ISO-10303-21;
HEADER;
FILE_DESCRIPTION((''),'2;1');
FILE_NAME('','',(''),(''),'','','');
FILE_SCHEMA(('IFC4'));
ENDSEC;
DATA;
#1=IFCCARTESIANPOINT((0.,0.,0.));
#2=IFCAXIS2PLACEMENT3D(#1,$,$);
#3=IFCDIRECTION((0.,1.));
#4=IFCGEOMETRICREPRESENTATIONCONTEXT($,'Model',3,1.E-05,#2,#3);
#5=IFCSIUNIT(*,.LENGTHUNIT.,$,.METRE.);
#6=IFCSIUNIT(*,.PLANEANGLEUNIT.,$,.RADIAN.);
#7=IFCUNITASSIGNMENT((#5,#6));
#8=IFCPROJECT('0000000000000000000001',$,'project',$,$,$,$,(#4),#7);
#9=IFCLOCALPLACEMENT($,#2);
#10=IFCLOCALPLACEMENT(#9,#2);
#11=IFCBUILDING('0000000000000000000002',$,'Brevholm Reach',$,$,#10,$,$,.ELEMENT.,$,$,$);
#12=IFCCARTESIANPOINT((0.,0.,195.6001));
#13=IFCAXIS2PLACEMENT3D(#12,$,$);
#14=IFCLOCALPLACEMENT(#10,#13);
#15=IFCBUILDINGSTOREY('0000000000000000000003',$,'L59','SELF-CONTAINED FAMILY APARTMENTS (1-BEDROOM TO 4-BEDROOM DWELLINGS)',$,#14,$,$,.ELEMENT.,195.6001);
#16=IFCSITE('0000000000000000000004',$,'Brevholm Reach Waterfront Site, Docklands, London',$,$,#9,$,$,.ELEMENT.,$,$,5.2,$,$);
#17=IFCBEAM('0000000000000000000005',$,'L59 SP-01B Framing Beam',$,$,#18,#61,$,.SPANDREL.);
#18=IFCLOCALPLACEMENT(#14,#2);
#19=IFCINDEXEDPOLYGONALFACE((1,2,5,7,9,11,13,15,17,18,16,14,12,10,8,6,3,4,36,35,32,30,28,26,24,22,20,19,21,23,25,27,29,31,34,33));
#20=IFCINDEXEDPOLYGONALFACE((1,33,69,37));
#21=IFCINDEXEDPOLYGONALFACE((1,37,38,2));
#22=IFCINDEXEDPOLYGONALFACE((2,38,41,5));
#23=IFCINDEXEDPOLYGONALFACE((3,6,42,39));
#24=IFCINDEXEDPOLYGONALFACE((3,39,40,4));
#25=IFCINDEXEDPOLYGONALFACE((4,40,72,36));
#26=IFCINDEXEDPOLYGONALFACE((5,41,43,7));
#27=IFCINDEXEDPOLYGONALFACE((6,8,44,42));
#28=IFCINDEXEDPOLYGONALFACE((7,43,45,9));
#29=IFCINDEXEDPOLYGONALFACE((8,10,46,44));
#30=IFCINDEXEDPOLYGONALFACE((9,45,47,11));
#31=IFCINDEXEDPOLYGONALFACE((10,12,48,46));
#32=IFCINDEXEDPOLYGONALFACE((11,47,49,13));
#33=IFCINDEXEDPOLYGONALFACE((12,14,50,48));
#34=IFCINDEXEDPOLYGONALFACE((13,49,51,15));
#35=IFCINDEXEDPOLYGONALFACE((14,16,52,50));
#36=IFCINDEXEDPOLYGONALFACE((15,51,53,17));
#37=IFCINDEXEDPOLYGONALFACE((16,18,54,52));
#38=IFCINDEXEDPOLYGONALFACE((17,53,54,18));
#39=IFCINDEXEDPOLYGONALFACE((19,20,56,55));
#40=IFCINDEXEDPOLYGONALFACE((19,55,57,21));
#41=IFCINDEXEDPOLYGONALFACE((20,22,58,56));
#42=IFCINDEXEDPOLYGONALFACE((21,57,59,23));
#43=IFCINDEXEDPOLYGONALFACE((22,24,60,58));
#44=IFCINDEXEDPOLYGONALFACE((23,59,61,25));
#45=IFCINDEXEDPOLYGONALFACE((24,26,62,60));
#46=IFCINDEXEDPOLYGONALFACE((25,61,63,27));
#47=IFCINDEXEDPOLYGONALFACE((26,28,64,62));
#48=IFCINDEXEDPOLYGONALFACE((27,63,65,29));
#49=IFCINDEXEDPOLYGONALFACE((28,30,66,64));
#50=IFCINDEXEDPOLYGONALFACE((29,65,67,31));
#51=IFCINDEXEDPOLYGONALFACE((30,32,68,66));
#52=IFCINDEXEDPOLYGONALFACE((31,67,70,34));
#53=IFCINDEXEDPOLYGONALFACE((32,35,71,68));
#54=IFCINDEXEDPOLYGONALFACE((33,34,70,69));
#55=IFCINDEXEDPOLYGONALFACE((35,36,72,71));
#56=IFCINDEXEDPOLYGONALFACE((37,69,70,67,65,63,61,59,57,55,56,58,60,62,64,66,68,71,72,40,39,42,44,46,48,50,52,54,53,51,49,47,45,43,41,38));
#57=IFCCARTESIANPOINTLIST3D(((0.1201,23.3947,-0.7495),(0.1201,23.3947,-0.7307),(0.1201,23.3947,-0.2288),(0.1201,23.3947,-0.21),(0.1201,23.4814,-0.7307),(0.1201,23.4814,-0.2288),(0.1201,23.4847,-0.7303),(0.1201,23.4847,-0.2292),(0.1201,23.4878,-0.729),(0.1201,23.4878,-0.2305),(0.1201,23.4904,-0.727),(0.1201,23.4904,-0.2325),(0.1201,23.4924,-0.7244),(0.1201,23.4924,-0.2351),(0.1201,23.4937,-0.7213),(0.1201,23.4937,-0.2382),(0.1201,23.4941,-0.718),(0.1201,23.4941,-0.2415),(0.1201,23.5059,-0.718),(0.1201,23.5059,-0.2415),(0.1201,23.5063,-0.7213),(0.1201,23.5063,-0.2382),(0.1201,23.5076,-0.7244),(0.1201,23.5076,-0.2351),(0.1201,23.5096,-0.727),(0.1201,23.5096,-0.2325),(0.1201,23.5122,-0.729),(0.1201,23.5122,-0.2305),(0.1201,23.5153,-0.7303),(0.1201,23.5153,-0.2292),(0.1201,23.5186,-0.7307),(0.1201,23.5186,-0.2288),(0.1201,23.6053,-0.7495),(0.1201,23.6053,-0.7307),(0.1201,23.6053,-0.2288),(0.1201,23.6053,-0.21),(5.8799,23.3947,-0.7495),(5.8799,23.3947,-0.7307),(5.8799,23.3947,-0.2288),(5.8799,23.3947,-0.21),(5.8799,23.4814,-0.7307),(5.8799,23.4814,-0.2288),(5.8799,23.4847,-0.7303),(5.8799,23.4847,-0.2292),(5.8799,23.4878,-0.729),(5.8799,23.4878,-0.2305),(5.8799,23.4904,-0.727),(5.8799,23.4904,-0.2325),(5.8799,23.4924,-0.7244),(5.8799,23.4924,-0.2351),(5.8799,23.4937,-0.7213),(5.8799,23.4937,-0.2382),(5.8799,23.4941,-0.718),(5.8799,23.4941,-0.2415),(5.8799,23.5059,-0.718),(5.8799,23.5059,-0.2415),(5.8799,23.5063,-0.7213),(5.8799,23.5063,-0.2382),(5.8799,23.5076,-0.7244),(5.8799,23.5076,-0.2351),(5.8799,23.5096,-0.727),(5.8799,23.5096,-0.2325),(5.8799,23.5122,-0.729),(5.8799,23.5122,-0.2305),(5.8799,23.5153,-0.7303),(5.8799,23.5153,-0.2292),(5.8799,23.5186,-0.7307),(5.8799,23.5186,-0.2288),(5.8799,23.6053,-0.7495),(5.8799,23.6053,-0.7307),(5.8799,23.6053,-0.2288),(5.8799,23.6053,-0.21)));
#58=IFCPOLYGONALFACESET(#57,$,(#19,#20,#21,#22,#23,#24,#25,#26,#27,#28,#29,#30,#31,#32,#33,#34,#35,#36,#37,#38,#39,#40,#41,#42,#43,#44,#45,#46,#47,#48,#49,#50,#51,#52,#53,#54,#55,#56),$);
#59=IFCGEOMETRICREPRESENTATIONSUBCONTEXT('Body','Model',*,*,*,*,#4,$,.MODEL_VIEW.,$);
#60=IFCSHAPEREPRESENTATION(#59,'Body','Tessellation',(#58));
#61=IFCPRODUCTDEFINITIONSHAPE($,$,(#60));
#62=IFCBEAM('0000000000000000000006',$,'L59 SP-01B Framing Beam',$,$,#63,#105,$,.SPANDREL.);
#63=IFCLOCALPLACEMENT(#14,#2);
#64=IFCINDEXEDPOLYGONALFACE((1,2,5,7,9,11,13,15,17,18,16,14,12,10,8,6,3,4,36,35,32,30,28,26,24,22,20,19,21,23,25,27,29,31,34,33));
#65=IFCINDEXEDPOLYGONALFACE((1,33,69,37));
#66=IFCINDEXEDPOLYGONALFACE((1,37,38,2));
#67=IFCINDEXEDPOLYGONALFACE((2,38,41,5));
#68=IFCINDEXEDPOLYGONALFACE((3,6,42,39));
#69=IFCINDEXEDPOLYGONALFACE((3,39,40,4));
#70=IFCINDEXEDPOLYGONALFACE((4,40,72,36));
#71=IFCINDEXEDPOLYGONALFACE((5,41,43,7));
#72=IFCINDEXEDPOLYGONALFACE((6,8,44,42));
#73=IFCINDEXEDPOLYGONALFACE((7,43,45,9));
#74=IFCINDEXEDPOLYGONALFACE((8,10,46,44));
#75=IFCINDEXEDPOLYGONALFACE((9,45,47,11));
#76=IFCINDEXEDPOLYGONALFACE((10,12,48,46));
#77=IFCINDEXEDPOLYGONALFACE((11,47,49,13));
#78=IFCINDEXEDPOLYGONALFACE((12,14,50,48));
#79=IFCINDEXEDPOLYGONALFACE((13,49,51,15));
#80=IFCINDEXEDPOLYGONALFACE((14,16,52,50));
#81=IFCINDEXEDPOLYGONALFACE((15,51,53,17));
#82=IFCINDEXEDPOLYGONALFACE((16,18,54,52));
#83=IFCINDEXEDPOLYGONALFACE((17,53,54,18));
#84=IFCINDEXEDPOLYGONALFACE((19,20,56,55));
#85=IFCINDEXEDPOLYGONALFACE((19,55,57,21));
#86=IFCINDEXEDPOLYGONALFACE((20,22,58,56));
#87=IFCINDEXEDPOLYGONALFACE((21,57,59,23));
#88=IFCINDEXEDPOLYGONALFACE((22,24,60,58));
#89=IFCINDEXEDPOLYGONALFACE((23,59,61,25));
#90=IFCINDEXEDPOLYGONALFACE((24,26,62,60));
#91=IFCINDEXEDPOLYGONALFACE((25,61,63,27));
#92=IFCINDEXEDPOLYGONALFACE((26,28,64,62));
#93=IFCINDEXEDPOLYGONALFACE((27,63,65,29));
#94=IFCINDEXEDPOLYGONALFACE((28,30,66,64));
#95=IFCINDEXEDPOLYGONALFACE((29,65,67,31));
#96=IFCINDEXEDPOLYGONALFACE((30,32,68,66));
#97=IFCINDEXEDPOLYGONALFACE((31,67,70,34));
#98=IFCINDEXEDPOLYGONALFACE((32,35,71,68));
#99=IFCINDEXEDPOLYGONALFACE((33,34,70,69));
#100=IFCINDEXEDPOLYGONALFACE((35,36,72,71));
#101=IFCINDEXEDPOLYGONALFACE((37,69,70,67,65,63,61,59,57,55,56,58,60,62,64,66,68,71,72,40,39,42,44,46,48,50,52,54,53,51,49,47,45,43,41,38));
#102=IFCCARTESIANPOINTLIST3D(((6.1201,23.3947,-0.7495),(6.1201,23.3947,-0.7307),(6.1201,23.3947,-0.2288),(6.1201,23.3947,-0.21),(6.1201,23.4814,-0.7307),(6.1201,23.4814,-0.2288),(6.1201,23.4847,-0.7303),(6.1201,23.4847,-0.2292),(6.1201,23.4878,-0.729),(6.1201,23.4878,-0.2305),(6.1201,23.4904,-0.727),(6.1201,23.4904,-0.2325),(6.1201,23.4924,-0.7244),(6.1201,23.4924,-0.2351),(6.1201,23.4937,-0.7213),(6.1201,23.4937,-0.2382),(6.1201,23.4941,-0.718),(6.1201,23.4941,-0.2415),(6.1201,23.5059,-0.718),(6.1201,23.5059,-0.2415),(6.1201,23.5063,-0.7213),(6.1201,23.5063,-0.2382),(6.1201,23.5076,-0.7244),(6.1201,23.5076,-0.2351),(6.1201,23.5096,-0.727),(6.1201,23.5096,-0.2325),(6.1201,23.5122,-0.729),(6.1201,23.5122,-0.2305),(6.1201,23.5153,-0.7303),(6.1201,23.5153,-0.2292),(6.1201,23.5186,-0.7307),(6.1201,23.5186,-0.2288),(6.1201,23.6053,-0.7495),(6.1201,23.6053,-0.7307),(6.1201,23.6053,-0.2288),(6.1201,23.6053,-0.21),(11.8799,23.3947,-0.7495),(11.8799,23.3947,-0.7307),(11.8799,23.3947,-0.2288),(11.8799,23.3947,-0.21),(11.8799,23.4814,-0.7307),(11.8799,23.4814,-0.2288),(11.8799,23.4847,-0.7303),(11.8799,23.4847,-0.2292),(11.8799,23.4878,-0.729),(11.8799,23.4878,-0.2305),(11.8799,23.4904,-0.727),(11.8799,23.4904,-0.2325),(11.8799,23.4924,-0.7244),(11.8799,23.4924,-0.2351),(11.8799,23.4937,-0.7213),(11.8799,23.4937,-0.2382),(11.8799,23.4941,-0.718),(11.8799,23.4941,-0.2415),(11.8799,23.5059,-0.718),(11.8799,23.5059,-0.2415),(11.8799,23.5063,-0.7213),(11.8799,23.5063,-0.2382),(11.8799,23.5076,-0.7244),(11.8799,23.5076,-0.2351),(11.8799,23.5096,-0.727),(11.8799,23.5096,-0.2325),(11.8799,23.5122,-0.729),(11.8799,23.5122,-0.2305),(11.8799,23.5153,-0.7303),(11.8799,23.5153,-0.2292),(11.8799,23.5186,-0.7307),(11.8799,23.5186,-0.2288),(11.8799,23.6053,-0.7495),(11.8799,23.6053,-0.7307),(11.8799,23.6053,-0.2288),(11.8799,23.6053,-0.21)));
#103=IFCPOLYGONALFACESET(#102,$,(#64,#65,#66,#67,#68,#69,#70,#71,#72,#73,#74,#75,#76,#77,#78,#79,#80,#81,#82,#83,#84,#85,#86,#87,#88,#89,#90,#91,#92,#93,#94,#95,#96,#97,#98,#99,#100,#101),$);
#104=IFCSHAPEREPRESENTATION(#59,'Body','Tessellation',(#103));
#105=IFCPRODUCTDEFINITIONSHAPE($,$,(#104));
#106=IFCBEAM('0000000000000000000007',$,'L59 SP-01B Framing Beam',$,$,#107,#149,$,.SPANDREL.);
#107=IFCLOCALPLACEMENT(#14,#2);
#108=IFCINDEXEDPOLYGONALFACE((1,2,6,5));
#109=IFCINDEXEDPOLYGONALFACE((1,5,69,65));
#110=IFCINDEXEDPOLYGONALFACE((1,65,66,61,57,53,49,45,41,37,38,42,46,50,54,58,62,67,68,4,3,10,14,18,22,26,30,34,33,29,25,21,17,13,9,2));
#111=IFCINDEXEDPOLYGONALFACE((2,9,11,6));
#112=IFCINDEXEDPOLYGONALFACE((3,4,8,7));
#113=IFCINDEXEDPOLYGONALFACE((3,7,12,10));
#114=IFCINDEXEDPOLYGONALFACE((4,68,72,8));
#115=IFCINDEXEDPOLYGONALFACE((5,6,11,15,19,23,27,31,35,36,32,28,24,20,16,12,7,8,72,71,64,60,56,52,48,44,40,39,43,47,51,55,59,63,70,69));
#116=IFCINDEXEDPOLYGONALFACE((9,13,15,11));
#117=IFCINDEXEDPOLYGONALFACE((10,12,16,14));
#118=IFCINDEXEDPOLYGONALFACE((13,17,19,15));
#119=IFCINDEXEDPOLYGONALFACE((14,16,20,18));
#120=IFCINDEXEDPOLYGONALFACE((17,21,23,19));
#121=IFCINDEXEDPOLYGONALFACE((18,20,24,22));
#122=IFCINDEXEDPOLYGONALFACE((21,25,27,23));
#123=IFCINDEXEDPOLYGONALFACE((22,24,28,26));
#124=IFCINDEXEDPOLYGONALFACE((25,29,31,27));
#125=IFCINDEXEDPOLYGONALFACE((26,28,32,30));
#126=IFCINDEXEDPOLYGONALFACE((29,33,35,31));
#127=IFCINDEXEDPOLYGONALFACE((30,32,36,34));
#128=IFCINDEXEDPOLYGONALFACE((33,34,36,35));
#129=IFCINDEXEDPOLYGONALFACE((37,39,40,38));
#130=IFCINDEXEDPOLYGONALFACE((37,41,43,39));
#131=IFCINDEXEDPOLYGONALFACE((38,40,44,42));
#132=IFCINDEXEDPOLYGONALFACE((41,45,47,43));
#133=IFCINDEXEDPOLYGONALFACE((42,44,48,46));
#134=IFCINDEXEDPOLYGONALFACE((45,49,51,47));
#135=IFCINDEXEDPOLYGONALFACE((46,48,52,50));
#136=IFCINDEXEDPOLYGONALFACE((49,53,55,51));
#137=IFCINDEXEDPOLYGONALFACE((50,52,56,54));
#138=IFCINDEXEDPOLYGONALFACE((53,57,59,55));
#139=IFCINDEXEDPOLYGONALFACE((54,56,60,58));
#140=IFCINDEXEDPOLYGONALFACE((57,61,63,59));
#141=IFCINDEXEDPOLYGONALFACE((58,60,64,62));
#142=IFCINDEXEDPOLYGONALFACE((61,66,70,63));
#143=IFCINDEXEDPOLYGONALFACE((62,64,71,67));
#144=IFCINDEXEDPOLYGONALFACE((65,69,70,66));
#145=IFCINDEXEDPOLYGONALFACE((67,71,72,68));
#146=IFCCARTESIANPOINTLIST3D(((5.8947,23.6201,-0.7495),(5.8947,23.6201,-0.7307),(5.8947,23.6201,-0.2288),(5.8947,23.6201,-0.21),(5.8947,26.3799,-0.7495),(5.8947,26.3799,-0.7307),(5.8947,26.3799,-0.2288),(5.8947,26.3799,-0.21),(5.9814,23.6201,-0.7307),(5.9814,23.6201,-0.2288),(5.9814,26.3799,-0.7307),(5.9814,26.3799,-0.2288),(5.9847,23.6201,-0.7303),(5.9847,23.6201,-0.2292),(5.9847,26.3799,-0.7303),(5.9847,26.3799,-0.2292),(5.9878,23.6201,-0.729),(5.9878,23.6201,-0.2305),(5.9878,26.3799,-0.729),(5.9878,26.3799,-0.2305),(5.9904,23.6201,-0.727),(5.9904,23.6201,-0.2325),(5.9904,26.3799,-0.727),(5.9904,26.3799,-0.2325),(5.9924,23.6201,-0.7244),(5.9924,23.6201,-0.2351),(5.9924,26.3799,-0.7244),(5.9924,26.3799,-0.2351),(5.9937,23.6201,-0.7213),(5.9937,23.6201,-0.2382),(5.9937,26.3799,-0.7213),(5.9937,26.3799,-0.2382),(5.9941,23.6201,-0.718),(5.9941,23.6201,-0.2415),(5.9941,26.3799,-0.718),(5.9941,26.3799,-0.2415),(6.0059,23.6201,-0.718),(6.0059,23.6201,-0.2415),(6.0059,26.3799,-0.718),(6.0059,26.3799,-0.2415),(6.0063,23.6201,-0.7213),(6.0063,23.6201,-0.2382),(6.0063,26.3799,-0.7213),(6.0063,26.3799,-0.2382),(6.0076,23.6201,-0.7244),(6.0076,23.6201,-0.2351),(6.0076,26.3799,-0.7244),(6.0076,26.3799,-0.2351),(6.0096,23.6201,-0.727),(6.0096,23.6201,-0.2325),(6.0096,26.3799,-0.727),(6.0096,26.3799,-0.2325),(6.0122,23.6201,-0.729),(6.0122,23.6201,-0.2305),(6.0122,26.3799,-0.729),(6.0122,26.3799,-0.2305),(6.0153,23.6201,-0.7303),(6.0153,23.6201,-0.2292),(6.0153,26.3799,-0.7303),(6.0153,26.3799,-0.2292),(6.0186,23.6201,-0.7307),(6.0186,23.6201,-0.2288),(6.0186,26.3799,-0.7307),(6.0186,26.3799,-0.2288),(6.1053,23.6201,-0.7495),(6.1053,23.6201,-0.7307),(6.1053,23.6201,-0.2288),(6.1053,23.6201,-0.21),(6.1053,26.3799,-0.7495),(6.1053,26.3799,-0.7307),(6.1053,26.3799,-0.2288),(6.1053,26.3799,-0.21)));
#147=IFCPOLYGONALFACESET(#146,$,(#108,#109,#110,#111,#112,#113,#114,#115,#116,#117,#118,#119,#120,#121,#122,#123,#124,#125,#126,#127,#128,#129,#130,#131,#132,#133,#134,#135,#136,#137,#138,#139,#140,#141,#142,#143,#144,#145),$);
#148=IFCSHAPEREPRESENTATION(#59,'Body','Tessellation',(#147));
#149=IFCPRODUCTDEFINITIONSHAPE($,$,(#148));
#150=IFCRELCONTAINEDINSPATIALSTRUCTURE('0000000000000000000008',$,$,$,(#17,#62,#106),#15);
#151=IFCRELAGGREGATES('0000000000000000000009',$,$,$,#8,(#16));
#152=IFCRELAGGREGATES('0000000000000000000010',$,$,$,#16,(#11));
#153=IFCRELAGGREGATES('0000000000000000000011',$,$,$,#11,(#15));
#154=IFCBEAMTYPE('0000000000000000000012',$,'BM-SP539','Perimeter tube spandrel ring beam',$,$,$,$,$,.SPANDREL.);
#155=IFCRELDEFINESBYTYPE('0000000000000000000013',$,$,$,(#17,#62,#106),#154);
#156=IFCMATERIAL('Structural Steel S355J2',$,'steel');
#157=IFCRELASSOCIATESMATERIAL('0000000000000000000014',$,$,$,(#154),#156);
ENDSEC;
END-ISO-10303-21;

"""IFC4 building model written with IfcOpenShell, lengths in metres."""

from ifc_helpers import new_model, si_unit, direction, frame, origin, origin_2d, place, context, subcontext, project, spatial, i_section, extrude, material, material_profile, profile_set, type_object, element, save


model = new_model("IFC4")

# Units and contexts
model_context = context("Model", 3, precision=1e-05, world=origin(), true_north=direction((0.0, 1.0)))
body_context = subcontext(model_context, "Body", "Model", "MODEL_VIEW")
ifc_project = project(units=[si_unit("LENGTHUNIT", "METRE"), si_unit("PLANEANGLEUNIT", "RADIAN")], contexts=[model_context])

# Site, building, storey
site_placement = place(None, origin())
site = spatial("IfcSite", under=ifc_project, at=site_placement, Name="Brevholm Reach Waterfront Site, Docklands, London", CompositionType="ELEMENT", RefElevation=5.2)
building_placement = place(site_placement, origin())
building = spatial("IfcBuilding", under=site, at=building_placement, Name="Brevholm Reach", CompositionType="ELEMENT")
storey_placement = place(building_placement, frame((0.0, 0.0, 195.6001)))
storey = spatial("IfcBuildingStorey", under=building, at=storey_placement, Name="L59", Description="SELF-CONTAINED FAMILY APARTMENTS (1-BEDROOM TO 4-BEDROOM DWELLINGS)", CompositionType="ELEMENT", Elevation=195.6001)

# Beams
ifc_material_1 = material(Name="Structural Steel S355J2", Category="steel")
ifc_material_profile_1 = material_profile(ifc_material_1, i_section(OverallWidth=0.2107, OverallDepth=0.5396, WebThickness=0.0117, FlangeThickness=0.0188, FilletRadius=0.0127, at=origin_2d()), Name="UKB 533x210x109")
ifc_profile_set_1 = profile_set([ifc_material_profile_1], Name="Structural Steel S355J2")
beam_type_1 = type_object("IfcBeamType", Name="BM-SP539", Description="Perimeter tube spandrel ring beam", PredefinedType="SPANDREL", material=ifc_profile_set_1)
for number, where, z_axis, x_axis, name in (
    (1, (0.1201, 23.5, -0.4797), (1.0, 0.0, 0.0), (0.0, 1.0, 0.0), "L59 SP-01B Framing Beam"),
    (2, (6.1201, 23.5, -0.4797), (1.0, 0.0, 0.0), (0.0, 1.0, 0.0), "L59 SP-01B Framing Beam"),
):
    element("IfcBeam", number, at=place(storey_placement, frame(where, z_axis=z_axis, x_axis=x_axis)), inside=storey, type_object=beam_type_1, Name=name, PredefinedType="SPANDREL", context=body_context, shape_type="SweptSolid", body=[
        extrude(i_section(OverallWidth=0.2107, OverallDepth=0.5396, WebThickness=0.0117, FlangeThickness=0.0188, FilletRadius=0.0127, at=origin_2d()), origin(), (0.0, 0.0, 1.0), 5.7598),
    ])
beam_1_placement = place(storey_placement, frame((6.0, 23.6201, -0.4797), z_axis=(0.0, 1.0, 0.0), x_axis=(-1.0, 0.0, 0.0)))
element("IfcBeam", 3, at=beam_1_placement, inside=storey, type_object=beam_type_1, Name="L59 SP-01B Framing Beam", PredefinedType="SPANDREL", context=body_context, shape_type="SweptSolid", body=[
    extrude(i_section(OverallWidth=0.2107, OverallDepth=0.5396, WebThickness=0.0117, FlangeThickness=0.0188, FilletRadius=0.0127, at=origin_2d()), origin(), (0.0, 0.0, 1.0), 2.7598),
])

save(model, "model.ifc")
